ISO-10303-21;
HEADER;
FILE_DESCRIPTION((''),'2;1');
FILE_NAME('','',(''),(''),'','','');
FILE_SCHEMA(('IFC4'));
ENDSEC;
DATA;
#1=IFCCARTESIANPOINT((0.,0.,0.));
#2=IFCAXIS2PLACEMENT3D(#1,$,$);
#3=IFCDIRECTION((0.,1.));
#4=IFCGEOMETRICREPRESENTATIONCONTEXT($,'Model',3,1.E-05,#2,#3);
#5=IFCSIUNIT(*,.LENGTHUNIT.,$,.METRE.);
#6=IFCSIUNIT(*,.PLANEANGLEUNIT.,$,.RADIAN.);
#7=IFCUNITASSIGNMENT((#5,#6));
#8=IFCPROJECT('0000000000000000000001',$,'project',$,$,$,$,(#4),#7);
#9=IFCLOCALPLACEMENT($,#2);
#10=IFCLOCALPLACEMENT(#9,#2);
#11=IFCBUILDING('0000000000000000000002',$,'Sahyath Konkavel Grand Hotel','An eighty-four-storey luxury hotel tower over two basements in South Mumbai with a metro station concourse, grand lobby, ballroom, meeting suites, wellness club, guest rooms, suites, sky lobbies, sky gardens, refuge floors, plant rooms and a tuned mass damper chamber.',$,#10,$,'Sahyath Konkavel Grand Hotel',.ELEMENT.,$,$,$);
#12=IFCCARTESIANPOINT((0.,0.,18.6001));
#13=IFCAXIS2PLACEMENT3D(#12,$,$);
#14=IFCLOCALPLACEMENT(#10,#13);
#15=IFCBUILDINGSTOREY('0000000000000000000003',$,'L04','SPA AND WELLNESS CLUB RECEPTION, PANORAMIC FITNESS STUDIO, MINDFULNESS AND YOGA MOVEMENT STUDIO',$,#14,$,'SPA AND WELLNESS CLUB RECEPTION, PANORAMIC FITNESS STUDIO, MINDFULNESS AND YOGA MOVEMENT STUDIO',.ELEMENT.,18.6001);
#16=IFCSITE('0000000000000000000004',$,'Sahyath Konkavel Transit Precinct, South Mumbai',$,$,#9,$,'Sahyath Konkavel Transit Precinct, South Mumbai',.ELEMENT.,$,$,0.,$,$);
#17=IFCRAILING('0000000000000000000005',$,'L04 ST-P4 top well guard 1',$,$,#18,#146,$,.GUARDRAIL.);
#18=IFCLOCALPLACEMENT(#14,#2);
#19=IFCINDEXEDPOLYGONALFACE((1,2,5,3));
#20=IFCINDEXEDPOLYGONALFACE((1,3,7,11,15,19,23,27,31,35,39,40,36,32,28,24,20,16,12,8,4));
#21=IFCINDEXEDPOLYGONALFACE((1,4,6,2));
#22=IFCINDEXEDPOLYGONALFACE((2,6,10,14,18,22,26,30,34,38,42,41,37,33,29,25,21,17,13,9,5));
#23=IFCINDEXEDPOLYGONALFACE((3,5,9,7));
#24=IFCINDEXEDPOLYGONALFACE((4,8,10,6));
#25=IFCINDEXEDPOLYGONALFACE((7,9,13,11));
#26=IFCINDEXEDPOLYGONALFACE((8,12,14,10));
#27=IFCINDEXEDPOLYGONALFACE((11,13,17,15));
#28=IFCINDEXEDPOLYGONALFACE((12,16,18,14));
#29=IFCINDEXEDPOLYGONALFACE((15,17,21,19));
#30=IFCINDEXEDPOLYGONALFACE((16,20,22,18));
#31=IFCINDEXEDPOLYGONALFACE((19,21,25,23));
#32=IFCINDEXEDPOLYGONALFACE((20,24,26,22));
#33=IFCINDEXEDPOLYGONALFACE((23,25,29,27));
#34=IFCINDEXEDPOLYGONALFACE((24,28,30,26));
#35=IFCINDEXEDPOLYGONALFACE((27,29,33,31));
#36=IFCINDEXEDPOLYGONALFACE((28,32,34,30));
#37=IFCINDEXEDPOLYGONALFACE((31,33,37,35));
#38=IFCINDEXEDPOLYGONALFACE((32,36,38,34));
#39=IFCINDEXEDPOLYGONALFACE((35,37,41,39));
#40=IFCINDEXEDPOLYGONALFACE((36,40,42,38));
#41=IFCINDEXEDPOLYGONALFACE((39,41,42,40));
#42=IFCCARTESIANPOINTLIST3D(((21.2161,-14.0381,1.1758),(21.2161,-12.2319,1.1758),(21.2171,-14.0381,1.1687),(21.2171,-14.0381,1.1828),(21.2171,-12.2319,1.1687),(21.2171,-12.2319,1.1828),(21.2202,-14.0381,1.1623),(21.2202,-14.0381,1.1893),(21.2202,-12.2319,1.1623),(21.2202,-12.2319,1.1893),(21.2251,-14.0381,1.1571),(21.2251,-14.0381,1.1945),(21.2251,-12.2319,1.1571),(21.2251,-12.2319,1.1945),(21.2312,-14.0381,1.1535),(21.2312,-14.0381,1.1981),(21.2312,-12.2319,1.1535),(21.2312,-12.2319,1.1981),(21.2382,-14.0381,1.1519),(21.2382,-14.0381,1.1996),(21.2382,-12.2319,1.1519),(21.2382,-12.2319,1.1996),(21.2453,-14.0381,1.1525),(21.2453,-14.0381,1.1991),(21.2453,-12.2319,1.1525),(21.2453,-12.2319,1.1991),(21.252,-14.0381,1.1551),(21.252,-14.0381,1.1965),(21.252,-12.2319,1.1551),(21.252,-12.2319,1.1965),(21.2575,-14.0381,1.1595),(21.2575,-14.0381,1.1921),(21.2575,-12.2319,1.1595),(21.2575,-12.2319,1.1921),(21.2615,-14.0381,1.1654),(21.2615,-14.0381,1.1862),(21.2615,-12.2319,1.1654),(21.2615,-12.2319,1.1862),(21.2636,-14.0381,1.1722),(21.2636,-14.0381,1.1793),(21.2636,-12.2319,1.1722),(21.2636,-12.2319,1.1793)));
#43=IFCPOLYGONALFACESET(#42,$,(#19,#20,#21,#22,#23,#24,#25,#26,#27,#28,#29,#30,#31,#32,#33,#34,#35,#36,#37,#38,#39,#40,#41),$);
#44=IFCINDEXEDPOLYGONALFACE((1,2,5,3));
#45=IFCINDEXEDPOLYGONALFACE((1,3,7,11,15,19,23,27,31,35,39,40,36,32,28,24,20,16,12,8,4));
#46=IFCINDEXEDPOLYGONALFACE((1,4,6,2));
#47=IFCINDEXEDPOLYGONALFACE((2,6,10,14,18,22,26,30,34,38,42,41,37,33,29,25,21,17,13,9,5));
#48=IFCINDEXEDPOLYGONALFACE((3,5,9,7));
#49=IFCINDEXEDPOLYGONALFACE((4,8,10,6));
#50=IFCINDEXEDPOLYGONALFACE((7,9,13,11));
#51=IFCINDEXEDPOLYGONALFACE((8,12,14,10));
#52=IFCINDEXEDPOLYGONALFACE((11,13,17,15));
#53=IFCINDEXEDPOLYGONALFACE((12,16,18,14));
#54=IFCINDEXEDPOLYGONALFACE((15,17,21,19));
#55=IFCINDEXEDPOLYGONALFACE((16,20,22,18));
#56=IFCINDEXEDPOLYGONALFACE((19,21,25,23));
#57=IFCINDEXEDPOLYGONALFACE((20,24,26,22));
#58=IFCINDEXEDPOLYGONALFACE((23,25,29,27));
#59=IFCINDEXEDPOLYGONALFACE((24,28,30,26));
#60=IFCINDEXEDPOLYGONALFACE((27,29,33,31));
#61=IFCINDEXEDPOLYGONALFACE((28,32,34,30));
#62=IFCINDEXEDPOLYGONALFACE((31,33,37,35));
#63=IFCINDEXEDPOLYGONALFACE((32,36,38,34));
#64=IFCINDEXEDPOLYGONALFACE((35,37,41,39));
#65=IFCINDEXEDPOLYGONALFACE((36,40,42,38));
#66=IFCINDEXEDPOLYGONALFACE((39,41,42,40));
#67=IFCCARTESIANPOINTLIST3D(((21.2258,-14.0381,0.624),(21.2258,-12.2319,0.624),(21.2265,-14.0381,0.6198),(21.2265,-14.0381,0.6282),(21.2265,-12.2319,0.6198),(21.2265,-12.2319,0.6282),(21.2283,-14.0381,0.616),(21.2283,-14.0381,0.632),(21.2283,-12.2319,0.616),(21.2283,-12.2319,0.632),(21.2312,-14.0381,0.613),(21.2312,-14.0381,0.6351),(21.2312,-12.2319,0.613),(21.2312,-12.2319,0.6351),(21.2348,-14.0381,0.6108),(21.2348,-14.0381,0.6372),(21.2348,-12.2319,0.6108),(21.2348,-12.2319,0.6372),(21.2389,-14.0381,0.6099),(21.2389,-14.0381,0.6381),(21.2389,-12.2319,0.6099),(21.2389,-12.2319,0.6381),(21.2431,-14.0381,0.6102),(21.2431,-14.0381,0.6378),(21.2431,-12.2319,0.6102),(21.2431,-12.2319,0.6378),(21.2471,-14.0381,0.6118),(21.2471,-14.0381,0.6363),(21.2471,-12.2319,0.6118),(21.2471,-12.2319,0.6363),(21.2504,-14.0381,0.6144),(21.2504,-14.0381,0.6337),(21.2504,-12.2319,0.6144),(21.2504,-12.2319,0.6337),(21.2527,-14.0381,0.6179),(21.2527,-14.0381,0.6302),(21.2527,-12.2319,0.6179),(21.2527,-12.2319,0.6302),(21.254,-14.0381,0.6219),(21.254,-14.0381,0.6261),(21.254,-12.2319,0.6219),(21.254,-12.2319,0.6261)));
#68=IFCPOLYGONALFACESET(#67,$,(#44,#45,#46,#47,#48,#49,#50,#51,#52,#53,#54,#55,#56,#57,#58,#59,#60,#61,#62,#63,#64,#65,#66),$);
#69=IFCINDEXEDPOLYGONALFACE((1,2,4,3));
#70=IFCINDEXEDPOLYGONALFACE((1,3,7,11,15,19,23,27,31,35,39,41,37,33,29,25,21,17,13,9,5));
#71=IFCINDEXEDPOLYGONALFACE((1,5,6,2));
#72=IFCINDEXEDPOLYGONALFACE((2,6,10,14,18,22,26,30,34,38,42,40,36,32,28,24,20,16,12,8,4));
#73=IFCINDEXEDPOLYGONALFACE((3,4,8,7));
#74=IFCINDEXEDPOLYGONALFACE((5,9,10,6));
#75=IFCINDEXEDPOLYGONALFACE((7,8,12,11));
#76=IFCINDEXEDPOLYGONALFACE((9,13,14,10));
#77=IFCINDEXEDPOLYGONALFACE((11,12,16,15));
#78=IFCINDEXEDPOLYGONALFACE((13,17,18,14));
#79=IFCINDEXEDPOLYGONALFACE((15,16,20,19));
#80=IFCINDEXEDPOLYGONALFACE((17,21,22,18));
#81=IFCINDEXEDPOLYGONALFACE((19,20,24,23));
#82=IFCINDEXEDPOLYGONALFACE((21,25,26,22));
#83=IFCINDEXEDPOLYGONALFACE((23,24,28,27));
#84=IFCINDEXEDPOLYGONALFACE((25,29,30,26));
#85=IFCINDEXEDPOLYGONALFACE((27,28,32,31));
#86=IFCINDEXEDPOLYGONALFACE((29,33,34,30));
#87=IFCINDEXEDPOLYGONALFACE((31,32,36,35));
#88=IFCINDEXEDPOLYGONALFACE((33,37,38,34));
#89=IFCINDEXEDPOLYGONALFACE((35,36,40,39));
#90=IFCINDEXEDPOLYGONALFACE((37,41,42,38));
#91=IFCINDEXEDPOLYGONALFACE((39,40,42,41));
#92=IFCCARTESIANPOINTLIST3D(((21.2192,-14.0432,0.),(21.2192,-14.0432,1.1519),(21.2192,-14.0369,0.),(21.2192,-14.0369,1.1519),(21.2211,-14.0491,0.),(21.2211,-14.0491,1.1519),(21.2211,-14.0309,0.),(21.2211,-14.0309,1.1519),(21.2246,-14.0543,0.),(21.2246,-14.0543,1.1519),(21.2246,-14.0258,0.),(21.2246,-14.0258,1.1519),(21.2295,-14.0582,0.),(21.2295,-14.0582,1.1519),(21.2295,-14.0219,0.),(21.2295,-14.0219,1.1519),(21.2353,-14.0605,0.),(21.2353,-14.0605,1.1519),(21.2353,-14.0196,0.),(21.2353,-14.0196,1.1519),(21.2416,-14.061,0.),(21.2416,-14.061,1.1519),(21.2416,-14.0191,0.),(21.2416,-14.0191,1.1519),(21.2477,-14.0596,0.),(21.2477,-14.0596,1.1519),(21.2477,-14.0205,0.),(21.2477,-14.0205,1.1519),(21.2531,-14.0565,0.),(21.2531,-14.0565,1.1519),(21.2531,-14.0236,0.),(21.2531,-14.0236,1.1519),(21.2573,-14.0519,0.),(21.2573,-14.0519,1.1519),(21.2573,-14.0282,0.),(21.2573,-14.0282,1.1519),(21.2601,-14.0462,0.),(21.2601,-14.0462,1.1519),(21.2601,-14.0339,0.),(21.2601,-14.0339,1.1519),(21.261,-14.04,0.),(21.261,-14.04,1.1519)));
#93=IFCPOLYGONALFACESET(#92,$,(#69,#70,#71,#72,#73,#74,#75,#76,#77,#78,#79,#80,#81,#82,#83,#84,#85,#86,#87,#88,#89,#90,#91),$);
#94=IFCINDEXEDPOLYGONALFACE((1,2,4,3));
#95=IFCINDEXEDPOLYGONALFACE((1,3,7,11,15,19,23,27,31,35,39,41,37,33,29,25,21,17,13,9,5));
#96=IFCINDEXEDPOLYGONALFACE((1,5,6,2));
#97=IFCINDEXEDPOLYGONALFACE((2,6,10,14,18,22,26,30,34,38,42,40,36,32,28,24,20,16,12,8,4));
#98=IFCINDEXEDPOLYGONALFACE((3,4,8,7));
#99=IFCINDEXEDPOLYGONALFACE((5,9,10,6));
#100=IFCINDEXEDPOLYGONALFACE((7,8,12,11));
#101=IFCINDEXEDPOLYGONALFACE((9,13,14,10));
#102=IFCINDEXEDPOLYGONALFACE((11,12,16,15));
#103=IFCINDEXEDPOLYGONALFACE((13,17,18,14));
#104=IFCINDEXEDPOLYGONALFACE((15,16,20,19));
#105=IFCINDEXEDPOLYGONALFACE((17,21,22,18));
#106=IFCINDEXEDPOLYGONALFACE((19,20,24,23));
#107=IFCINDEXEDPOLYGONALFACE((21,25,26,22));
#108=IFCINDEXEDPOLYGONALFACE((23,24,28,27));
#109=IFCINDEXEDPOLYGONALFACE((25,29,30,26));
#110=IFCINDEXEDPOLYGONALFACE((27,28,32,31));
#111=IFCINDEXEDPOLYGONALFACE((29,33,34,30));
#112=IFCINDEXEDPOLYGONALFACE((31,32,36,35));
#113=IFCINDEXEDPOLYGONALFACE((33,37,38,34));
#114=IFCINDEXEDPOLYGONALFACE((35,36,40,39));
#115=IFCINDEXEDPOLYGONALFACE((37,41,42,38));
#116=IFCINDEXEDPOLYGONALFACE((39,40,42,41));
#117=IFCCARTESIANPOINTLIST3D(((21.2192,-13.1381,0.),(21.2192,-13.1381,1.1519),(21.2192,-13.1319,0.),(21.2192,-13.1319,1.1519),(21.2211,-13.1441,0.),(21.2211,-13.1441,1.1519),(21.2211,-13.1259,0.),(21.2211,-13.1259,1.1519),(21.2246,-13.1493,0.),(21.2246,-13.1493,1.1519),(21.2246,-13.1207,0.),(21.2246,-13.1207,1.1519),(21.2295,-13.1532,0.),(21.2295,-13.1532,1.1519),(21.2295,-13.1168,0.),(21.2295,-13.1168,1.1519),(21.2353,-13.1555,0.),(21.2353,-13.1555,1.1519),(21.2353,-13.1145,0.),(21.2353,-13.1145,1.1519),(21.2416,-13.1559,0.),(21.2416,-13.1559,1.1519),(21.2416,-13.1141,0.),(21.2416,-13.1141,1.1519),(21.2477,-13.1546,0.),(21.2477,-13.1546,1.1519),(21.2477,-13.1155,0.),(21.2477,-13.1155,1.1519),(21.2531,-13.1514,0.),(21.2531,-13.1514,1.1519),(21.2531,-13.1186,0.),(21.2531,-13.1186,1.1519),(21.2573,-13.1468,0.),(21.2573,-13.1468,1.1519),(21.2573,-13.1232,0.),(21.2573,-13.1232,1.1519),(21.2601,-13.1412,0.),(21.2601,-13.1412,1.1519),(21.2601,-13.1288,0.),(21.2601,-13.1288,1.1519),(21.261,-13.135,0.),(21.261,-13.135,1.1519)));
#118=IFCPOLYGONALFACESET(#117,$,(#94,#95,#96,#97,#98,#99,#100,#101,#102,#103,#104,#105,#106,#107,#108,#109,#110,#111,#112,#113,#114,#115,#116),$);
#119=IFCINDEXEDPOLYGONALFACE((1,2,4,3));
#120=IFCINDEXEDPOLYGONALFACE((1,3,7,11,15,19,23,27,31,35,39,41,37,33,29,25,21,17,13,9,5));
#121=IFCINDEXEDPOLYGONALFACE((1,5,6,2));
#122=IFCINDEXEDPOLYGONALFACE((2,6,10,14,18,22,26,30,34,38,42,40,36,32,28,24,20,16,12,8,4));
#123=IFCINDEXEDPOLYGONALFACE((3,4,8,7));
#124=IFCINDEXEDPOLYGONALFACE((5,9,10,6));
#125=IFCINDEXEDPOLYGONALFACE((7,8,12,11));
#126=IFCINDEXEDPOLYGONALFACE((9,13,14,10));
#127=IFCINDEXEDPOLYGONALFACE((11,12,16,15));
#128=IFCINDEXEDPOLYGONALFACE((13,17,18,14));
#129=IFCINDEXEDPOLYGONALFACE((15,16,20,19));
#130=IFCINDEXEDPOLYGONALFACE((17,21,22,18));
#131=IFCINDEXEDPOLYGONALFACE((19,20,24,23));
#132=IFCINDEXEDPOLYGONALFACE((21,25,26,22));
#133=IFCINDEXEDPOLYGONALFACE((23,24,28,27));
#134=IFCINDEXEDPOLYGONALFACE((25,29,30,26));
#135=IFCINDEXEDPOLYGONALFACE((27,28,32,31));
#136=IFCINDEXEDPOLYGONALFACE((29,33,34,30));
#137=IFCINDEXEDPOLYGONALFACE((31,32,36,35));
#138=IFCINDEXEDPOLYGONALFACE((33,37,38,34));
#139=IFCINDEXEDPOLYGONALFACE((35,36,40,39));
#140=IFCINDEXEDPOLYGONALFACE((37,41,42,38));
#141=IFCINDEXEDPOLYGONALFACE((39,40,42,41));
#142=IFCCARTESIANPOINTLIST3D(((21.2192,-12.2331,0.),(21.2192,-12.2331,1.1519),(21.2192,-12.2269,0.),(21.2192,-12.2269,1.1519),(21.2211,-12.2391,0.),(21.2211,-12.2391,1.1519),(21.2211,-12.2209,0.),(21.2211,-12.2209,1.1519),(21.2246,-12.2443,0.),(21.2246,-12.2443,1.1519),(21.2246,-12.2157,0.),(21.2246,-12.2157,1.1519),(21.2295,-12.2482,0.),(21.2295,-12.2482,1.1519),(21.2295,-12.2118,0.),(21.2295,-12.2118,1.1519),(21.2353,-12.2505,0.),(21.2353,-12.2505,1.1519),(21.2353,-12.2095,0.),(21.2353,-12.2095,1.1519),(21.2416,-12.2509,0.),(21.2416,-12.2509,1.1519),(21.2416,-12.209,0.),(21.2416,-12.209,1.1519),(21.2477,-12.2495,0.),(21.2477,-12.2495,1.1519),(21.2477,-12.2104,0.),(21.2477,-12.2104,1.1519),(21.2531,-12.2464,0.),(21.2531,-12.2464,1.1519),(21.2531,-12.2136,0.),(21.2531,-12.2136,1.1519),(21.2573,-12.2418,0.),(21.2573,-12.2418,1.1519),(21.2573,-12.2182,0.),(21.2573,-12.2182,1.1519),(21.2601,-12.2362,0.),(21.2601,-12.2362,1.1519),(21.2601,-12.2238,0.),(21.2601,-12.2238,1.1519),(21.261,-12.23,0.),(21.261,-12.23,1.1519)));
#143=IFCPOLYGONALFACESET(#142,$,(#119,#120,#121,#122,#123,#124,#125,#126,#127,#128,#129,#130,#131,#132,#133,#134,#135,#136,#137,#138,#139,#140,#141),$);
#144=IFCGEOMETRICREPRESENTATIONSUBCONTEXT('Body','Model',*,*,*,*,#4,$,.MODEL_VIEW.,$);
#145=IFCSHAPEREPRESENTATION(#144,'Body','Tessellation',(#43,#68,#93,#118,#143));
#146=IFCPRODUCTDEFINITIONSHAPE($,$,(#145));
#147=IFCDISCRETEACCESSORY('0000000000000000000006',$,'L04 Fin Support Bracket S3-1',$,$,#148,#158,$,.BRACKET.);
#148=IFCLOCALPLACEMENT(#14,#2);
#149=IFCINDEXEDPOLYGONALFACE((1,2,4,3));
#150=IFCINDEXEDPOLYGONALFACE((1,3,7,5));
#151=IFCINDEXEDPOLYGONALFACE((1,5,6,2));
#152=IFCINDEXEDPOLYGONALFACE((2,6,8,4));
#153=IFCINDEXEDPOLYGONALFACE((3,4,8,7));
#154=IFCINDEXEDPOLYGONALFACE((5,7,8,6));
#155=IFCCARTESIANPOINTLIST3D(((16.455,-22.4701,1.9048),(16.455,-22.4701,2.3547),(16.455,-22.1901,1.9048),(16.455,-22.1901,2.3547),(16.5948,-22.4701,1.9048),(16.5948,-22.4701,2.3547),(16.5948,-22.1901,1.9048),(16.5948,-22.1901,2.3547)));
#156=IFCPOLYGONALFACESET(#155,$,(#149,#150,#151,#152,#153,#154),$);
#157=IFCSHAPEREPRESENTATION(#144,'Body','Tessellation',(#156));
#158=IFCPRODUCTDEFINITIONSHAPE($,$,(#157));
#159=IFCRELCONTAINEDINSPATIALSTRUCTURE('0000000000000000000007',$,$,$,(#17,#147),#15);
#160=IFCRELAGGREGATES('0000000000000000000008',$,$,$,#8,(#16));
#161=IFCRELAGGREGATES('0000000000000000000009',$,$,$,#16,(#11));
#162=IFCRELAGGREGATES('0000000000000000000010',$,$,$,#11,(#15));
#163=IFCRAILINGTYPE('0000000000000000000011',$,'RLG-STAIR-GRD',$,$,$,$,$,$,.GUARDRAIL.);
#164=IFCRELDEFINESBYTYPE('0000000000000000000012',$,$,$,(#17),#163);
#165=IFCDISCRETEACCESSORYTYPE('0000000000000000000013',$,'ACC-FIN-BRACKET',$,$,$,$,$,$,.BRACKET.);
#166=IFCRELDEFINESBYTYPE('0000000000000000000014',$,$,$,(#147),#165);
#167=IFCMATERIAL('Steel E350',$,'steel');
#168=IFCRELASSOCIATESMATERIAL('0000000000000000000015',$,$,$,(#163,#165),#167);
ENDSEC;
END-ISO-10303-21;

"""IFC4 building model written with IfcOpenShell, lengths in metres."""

from ifc_helpers import new_model, si_unit, direction, frame, origin, origin_2d, place, context, subcontext, project, spatial, rectangle, circle, extrude, source, transform, mapped, material, type_object, element, save


model = new_model("IFC4")

# Units and contexts
model_context = context("Model", 3, precision=1e-05, world=origin(), true_north=direction((0.0, 1.0)))
body_context = subcontext(model_context, "Body", "Model", "MODEL_VIEW")
ifc_project = project(units=[si_unit("LENGTHUNIT", "METRE"), si_unit("PLANEANGLEUNIT", "RADIAN")], contexts=[model_context])

# Site, building, storey
site_placement = place(None, origin())
site = spatial("IfcSite", under=ifc_project, at=site_placement, Name="Sahyath Konkavel Transit Precinct, South Mumbai", LongName="Sahyath Konkavel Transit Precinct, South Mumbai", CompositionType="ELEMENT", RefElevation=0.0)
building_placement = place(site_placement, origin())
building = spatial("IfcBuilding", under=site, at=building_placement, Name="Sahyath Konkavel Grand Hotel", Description="An eighty-four-storey luxury hotel tower over two basements in South Mumbai with a metro station concourse, grand lobby, ballroom, meeting suites, wellness club, guest rooms, suites, sky lobbies, sky gardens, refuge floors, plant rooms and a tuned mass damper chamber.", LongName="Sahyath Konkavel Grand Hotel", CompositionType="ELEMENT")
storey_placement = place(building_placement, frame((0.0, 0.0, 18.6001)))
storey = spatial("IfcBuildingStorey", under=building, at=storey_placement, Name="L04", Description="SPA AND WELLNESS CLUB RECEPTION, PANORAMIC FITNESS STUDIO, MINDFULNESS AND YOGA MOVEMENT STUDIO", LongName="SPA AND WELLNESS CLUB RECEPTION, PANORAMIC FITNESS STUDIO, MINDFULNESS AND YOGA MOVEMENT STUDIO", CompositionType="ELEMENT", Elevation=18.6001)

# Shared definitions
ifc_material_1 = material(Name="Steel E350", Category="steel")

# Railing
railing_type = type_object("IfcRailingType", Name="RLG-STAIR-GRD", PredefinedType="GUARDRAIL", material=ifc_material_1)
railing_placement = place(storey_placement, frame((21.24, -14.04, 0.0)))
element("IfcRailing", 1, at=railing_placement, inside=storey, type_object=railing_type, Name="L04 ST-P4 top well guard 1", PredefinedType="GUARDRAIL", context=body_context, shape_type="SweptSolid", body=[
    extrude(circle(Radius=0.0239, at=origin_2d()), frame((0.0, 0.002, 1.1758), z_axis=(0.0, 1.0, 0.0), x_axis=(-1.0, 0.0, 0.0)), (0.0, 0.0, 1.0), 1.8062),
    extrude(circle(Radius=0.0142, at=origin_2d()), frame((0.0, 0.002, 0.624), z_axis=(0.0, 1.0, 0.0), x_axis=(-1.0, 0.0, 0.0)), (0.0, 0.0, 1.0), 1.8062),
    extrude(circle(Radius=0.021, at=origin_2d()), origin(), (0.0, 0.0, 1.0), 1.1519),
    extrude(circle(Radius=0.021, at=origin_2d()), frame((0.0, 0.905, 0.0)), (0.0, 0.0, 1.0), 1.1519),
    extrude(circle(Radius=0.021, at=origin_2d()), frame((0.0, 1.8101, 0.0)), (0.0, 0.0, 1.0), 1.1519),
])

# Discrete accessory
discrete_accessory_type = type_object("IfcDiscreteAccessoryType", Name="ACC-FIN-BRACKET", PredefinedType="BRACKET", material=ifc_material_1)
shared_shape_1 = source(origin(), body_context, "Body", "SweptSolid", [
    extrude(rectangle(XDim=0.28, YDim=0.1399, at=origin_2d()), origin(), (0.0, 0.0, 1.0), 0.45),
])
discrete_accessory_placement = place(storey_placement, frame((16.5249, -22.3301, 1.9048), z_axis=(0.0, 0.0, 1.0), x_axis=(0.0, -1.0, 0.0)))
element("IfcDiscreteAccessory", 2, at=discrete_accessory_placement, inside=storey, type_object=discrete_accessory_type, Name="L04 Fin Support Bracket S3-1", PredefinedType="BRACKET", context=body_context, shape_type="MappedRepresentation", body=[
    mapped(shared_shape_1, transform((0.0, 0.0, 0.0), scale=1.0)),
])

save(model, "model.ifc")
